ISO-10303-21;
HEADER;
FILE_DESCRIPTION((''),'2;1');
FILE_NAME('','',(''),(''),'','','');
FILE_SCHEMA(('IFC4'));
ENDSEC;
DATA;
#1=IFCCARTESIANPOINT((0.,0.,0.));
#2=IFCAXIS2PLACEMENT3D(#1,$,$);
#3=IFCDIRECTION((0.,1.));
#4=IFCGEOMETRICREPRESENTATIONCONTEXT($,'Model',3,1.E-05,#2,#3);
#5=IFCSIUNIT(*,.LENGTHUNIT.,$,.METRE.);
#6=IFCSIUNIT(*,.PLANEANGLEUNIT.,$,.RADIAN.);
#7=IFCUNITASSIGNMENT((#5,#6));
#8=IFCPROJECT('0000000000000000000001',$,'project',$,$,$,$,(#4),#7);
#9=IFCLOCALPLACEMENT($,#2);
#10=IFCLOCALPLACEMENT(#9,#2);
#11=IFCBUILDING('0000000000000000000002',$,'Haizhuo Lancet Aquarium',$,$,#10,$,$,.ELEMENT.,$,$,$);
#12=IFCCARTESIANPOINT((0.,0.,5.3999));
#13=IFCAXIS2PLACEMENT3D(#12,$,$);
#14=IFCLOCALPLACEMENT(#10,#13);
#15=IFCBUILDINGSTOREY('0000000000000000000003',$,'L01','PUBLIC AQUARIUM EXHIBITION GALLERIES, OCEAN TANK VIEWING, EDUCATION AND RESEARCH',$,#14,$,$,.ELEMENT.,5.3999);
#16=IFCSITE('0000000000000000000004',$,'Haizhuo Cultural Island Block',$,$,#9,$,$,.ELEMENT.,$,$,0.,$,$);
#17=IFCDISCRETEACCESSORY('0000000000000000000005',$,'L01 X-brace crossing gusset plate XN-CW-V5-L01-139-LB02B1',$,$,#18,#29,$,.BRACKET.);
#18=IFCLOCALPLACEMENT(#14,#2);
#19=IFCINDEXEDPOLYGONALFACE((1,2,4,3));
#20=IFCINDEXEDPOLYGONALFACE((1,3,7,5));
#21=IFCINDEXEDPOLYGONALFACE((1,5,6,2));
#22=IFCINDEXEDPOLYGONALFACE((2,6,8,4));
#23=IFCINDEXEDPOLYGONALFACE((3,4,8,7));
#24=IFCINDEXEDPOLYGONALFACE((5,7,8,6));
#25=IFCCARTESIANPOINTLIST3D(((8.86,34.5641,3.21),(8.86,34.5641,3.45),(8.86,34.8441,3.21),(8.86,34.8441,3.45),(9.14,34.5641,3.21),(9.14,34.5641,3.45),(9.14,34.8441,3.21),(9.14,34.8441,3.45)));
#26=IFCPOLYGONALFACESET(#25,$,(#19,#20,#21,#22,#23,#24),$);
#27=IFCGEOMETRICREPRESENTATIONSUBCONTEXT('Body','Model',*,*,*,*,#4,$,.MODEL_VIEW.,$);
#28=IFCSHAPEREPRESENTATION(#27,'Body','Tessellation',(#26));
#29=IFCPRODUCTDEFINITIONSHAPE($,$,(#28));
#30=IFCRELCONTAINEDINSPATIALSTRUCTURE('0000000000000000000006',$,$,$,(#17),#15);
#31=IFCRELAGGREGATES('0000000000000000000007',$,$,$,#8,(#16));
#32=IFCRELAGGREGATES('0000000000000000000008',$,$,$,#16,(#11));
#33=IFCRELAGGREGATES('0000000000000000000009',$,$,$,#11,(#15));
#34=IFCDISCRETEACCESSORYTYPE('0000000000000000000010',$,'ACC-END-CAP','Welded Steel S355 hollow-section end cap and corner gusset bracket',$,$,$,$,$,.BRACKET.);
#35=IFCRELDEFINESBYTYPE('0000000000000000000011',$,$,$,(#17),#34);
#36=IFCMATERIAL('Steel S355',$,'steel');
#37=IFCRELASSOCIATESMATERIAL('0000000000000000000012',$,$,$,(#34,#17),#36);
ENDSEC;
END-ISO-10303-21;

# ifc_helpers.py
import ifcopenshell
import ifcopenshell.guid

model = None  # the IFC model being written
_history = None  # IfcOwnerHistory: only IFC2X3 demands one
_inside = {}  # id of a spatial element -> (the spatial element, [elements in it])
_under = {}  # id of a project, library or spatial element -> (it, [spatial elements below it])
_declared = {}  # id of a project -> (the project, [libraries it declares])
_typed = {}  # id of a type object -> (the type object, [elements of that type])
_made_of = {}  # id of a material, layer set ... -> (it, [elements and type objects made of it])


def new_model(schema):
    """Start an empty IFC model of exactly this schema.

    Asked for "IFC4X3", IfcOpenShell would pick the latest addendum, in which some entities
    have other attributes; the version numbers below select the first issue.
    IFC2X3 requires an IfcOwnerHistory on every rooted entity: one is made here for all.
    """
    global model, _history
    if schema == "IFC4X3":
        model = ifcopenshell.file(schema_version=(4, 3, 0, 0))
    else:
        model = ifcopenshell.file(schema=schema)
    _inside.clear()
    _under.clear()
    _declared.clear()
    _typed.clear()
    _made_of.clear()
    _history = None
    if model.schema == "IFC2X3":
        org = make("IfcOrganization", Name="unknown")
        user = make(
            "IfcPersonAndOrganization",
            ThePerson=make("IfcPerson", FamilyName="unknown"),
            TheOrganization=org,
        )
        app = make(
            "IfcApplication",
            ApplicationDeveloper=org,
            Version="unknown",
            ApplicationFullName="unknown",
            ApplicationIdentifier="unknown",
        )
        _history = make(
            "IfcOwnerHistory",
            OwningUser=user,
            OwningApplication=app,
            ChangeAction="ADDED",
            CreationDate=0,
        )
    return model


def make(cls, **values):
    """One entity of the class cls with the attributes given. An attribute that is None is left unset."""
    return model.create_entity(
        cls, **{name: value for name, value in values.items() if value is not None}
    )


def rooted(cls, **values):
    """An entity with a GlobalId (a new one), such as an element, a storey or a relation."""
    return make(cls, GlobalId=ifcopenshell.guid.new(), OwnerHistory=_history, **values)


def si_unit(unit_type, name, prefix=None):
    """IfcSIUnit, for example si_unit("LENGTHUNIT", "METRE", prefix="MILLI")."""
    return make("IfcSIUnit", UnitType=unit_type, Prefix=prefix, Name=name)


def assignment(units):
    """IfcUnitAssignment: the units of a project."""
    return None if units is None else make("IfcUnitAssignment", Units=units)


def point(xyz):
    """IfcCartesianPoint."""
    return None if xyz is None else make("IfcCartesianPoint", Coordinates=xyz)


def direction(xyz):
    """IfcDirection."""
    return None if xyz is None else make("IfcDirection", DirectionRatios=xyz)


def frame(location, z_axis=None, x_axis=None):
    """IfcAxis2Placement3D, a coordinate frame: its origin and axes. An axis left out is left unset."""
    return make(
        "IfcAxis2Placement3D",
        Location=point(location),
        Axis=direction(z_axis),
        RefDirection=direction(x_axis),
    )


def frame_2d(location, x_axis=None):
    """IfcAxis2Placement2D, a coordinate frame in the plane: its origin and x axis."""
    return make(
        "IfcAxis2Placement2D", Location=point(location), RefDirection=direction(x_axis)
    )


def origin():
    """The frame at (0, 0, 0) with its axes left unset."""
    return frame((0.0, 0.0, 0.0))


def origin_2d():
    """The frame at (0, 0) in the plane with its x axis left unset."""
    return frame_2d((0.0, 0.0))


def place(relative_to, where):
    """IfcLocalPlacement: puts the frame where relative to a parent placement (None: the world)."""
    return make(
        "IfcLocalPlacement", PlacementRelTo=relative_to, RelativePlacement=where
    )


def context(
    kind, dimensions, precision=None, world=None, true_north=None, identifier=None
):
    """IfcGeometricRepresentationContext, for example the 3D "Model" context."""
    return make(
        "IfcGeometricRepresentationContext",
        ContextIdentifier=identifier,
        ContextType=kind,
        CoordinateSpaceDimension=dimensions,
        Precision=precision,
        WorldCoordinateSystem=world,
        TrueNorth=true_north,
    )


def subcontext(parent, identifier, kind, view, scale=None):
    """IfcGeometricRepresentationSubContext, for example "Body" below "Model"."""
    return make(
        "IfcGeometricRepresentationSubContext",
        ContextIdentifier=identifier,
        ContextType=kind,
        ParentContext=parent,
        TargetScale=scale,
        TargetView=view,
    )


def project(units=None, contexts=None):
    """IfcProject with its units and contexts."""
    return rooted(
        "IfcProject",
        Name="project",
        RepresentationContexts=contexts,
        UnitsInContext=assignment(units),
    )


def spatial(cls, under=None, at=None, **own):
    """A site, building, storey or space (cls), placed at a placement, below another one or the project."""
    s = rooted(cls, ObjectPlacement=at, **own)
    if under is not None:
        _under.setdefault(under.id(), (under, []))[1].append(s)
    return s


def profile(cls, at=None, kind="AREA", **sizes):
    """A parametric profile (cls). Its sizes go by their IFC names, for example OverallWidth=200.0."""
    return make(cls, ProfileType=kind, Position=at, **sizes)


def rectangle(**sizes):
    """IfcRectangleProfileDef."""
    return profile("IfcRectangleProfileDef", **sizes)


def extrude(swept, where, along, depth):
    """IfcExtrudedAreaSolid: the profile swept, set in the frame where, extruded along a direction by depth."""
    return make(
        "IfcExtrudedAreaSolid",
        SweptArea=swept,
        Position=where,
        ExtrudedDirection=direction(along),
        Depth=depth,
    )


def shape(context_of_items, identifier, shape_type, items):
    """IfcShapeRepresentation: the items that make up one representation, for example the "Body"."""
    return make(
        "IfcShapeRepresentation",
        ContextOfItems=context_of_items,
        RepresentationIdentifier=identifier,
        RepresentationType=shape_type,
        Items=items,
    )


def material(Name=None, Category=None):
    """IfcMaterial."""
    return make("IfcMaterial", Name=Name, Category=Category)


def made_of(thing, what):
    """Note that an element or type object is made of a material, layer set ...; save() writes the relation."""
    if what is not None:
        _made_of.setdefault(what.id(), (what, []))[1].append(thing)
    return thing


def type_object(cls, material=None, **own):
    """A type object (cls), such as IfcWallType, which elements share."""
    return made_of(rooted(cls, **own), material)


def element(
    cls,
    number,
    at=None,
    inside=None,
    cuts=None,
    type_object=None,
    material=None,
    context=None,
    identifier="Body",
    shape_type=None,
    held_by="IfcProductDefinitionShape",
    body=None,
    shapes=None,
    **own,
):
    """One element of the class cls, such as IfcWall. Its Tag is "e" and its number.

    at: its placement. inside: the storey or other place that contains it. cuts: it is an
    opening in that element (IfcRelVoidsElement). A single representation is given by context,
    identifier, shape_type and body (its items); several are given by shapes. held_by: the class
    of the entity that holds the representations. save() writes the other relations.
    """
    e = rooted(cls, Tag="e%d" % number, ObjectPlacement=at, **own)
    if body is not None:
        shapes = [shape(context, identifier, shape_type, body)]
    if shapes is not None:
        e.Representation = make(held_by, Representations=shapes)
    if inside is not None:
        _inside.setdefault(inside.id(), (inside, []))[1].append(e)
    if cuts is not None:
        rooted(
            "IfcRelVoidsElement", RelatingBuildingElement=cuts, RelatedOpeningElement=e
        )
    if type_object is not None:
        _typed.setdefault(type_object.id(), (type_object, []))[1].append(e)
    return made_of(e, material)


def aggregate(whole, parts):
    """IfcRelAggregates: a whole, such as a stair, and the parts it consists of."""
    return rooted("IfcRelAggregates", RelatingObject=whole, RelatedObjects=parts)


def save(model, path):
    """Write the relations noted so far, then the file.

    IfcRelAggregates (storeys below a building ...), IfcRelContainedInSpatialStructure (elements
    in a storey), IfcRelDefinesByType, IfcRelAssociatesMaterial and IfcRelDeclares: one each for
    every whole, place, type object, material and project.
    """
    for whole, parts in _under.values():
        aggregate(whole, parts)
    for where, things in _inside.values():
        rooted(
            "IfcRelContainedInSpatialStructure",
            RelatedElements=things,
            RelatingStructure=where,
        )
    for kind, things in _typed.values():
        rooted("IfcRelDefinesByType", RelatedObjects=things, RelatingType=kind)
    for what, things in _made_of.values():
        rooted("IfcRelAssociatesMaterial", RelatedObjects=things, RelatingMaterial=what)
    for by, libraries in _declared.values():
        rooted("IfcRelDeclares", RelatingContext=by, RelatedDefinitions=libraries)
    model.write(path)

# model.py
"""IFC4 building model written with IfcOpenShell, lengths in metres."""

from ifc_helpers import new_model, si_unit, direction, frame, origin, origin_2d, place, context, subcontext, project, spatial, rectangle, extrude, material, type_object, element, save


model = new_model("IFC4")

# Units and contexts
model_context = context("Model", 3, precision=1e-05, world=origin(), true_north=direction((0.0, 1.0)))
body_context = subcontext(model_context, "Body", "Model", "MODEL_VIEW")
ifc_project = project(units=[si_unit("LENGTHUNIT", "METRE"), si_unit("PLANEANGLEUNIT", "RADIAN")], contexts=[model_context])

# Site, building, storey
site_placement = place(None, origin())
site = spatial("IfcSite", under=ifc_project, at=site_placement, Name="Haizhuo Cultural Island Block", CompositionType="ELEMENT", RefElevation=0.0)
building_placement = place(site_placement, origin())
building = spatial("IfcBuilding", under=site, at=building_placement, Name="Haizhuo Lancet Aquarium", CompositionType="ELEMENT")
storey_placement = place(building_placement, frame((0.0, 0.0, 5.3999)))
storey = spatial("IfcBuildingStorey", under=building, at=storey_placement, Name="L01", Description="PUBLIC AQUARIUM EXHIBITION GALLERIES, OCEAN TANK VIEWING, EDUCATION AND RESEARCH", CompositionType="ELEMENT", Elevation=5.3999)

# Shared definitions
ifc_material_1 = material(Name="Steel S355", Category="steel")

# Discrete accessory
discrete_accessory_type = type_object("IfcDiscreteAccessoryType", Name="ACC-END-CAP", Description="Welded Steel S355 hollow-section end cap and corner gusset bracket", PredefinedType="BRACKET", material=ifc_material_1)
for number, where, z_axis, x_axis, name in (
    (1, (9.0, 34.7041, 3.21), (0.0, 0.0, 1.0), (1.0, 0.0, 0.0), "L01 X-brace crossing gusset plate XN-CW-V5-L01-139-LB02B1"),
):
    element("IfcDiscreteAccessory", number, at=place(storey_placement, frame(where, z_axis=z_axis, x_axis=x_axis)), inside=storey, type_object=discrete_accessory_type, material=ifc_material_1, Name=name, PredefinedType="BRACKET", context=body_context, shape_type="SweptSolid", body=[
        extrude(rectangle(XDim=0.28, YDim=0.28, at=origin_2d()), origin(), (0.0, 0.0, 1.0), 0.24),
    ])

save(model, "model.ifc")
